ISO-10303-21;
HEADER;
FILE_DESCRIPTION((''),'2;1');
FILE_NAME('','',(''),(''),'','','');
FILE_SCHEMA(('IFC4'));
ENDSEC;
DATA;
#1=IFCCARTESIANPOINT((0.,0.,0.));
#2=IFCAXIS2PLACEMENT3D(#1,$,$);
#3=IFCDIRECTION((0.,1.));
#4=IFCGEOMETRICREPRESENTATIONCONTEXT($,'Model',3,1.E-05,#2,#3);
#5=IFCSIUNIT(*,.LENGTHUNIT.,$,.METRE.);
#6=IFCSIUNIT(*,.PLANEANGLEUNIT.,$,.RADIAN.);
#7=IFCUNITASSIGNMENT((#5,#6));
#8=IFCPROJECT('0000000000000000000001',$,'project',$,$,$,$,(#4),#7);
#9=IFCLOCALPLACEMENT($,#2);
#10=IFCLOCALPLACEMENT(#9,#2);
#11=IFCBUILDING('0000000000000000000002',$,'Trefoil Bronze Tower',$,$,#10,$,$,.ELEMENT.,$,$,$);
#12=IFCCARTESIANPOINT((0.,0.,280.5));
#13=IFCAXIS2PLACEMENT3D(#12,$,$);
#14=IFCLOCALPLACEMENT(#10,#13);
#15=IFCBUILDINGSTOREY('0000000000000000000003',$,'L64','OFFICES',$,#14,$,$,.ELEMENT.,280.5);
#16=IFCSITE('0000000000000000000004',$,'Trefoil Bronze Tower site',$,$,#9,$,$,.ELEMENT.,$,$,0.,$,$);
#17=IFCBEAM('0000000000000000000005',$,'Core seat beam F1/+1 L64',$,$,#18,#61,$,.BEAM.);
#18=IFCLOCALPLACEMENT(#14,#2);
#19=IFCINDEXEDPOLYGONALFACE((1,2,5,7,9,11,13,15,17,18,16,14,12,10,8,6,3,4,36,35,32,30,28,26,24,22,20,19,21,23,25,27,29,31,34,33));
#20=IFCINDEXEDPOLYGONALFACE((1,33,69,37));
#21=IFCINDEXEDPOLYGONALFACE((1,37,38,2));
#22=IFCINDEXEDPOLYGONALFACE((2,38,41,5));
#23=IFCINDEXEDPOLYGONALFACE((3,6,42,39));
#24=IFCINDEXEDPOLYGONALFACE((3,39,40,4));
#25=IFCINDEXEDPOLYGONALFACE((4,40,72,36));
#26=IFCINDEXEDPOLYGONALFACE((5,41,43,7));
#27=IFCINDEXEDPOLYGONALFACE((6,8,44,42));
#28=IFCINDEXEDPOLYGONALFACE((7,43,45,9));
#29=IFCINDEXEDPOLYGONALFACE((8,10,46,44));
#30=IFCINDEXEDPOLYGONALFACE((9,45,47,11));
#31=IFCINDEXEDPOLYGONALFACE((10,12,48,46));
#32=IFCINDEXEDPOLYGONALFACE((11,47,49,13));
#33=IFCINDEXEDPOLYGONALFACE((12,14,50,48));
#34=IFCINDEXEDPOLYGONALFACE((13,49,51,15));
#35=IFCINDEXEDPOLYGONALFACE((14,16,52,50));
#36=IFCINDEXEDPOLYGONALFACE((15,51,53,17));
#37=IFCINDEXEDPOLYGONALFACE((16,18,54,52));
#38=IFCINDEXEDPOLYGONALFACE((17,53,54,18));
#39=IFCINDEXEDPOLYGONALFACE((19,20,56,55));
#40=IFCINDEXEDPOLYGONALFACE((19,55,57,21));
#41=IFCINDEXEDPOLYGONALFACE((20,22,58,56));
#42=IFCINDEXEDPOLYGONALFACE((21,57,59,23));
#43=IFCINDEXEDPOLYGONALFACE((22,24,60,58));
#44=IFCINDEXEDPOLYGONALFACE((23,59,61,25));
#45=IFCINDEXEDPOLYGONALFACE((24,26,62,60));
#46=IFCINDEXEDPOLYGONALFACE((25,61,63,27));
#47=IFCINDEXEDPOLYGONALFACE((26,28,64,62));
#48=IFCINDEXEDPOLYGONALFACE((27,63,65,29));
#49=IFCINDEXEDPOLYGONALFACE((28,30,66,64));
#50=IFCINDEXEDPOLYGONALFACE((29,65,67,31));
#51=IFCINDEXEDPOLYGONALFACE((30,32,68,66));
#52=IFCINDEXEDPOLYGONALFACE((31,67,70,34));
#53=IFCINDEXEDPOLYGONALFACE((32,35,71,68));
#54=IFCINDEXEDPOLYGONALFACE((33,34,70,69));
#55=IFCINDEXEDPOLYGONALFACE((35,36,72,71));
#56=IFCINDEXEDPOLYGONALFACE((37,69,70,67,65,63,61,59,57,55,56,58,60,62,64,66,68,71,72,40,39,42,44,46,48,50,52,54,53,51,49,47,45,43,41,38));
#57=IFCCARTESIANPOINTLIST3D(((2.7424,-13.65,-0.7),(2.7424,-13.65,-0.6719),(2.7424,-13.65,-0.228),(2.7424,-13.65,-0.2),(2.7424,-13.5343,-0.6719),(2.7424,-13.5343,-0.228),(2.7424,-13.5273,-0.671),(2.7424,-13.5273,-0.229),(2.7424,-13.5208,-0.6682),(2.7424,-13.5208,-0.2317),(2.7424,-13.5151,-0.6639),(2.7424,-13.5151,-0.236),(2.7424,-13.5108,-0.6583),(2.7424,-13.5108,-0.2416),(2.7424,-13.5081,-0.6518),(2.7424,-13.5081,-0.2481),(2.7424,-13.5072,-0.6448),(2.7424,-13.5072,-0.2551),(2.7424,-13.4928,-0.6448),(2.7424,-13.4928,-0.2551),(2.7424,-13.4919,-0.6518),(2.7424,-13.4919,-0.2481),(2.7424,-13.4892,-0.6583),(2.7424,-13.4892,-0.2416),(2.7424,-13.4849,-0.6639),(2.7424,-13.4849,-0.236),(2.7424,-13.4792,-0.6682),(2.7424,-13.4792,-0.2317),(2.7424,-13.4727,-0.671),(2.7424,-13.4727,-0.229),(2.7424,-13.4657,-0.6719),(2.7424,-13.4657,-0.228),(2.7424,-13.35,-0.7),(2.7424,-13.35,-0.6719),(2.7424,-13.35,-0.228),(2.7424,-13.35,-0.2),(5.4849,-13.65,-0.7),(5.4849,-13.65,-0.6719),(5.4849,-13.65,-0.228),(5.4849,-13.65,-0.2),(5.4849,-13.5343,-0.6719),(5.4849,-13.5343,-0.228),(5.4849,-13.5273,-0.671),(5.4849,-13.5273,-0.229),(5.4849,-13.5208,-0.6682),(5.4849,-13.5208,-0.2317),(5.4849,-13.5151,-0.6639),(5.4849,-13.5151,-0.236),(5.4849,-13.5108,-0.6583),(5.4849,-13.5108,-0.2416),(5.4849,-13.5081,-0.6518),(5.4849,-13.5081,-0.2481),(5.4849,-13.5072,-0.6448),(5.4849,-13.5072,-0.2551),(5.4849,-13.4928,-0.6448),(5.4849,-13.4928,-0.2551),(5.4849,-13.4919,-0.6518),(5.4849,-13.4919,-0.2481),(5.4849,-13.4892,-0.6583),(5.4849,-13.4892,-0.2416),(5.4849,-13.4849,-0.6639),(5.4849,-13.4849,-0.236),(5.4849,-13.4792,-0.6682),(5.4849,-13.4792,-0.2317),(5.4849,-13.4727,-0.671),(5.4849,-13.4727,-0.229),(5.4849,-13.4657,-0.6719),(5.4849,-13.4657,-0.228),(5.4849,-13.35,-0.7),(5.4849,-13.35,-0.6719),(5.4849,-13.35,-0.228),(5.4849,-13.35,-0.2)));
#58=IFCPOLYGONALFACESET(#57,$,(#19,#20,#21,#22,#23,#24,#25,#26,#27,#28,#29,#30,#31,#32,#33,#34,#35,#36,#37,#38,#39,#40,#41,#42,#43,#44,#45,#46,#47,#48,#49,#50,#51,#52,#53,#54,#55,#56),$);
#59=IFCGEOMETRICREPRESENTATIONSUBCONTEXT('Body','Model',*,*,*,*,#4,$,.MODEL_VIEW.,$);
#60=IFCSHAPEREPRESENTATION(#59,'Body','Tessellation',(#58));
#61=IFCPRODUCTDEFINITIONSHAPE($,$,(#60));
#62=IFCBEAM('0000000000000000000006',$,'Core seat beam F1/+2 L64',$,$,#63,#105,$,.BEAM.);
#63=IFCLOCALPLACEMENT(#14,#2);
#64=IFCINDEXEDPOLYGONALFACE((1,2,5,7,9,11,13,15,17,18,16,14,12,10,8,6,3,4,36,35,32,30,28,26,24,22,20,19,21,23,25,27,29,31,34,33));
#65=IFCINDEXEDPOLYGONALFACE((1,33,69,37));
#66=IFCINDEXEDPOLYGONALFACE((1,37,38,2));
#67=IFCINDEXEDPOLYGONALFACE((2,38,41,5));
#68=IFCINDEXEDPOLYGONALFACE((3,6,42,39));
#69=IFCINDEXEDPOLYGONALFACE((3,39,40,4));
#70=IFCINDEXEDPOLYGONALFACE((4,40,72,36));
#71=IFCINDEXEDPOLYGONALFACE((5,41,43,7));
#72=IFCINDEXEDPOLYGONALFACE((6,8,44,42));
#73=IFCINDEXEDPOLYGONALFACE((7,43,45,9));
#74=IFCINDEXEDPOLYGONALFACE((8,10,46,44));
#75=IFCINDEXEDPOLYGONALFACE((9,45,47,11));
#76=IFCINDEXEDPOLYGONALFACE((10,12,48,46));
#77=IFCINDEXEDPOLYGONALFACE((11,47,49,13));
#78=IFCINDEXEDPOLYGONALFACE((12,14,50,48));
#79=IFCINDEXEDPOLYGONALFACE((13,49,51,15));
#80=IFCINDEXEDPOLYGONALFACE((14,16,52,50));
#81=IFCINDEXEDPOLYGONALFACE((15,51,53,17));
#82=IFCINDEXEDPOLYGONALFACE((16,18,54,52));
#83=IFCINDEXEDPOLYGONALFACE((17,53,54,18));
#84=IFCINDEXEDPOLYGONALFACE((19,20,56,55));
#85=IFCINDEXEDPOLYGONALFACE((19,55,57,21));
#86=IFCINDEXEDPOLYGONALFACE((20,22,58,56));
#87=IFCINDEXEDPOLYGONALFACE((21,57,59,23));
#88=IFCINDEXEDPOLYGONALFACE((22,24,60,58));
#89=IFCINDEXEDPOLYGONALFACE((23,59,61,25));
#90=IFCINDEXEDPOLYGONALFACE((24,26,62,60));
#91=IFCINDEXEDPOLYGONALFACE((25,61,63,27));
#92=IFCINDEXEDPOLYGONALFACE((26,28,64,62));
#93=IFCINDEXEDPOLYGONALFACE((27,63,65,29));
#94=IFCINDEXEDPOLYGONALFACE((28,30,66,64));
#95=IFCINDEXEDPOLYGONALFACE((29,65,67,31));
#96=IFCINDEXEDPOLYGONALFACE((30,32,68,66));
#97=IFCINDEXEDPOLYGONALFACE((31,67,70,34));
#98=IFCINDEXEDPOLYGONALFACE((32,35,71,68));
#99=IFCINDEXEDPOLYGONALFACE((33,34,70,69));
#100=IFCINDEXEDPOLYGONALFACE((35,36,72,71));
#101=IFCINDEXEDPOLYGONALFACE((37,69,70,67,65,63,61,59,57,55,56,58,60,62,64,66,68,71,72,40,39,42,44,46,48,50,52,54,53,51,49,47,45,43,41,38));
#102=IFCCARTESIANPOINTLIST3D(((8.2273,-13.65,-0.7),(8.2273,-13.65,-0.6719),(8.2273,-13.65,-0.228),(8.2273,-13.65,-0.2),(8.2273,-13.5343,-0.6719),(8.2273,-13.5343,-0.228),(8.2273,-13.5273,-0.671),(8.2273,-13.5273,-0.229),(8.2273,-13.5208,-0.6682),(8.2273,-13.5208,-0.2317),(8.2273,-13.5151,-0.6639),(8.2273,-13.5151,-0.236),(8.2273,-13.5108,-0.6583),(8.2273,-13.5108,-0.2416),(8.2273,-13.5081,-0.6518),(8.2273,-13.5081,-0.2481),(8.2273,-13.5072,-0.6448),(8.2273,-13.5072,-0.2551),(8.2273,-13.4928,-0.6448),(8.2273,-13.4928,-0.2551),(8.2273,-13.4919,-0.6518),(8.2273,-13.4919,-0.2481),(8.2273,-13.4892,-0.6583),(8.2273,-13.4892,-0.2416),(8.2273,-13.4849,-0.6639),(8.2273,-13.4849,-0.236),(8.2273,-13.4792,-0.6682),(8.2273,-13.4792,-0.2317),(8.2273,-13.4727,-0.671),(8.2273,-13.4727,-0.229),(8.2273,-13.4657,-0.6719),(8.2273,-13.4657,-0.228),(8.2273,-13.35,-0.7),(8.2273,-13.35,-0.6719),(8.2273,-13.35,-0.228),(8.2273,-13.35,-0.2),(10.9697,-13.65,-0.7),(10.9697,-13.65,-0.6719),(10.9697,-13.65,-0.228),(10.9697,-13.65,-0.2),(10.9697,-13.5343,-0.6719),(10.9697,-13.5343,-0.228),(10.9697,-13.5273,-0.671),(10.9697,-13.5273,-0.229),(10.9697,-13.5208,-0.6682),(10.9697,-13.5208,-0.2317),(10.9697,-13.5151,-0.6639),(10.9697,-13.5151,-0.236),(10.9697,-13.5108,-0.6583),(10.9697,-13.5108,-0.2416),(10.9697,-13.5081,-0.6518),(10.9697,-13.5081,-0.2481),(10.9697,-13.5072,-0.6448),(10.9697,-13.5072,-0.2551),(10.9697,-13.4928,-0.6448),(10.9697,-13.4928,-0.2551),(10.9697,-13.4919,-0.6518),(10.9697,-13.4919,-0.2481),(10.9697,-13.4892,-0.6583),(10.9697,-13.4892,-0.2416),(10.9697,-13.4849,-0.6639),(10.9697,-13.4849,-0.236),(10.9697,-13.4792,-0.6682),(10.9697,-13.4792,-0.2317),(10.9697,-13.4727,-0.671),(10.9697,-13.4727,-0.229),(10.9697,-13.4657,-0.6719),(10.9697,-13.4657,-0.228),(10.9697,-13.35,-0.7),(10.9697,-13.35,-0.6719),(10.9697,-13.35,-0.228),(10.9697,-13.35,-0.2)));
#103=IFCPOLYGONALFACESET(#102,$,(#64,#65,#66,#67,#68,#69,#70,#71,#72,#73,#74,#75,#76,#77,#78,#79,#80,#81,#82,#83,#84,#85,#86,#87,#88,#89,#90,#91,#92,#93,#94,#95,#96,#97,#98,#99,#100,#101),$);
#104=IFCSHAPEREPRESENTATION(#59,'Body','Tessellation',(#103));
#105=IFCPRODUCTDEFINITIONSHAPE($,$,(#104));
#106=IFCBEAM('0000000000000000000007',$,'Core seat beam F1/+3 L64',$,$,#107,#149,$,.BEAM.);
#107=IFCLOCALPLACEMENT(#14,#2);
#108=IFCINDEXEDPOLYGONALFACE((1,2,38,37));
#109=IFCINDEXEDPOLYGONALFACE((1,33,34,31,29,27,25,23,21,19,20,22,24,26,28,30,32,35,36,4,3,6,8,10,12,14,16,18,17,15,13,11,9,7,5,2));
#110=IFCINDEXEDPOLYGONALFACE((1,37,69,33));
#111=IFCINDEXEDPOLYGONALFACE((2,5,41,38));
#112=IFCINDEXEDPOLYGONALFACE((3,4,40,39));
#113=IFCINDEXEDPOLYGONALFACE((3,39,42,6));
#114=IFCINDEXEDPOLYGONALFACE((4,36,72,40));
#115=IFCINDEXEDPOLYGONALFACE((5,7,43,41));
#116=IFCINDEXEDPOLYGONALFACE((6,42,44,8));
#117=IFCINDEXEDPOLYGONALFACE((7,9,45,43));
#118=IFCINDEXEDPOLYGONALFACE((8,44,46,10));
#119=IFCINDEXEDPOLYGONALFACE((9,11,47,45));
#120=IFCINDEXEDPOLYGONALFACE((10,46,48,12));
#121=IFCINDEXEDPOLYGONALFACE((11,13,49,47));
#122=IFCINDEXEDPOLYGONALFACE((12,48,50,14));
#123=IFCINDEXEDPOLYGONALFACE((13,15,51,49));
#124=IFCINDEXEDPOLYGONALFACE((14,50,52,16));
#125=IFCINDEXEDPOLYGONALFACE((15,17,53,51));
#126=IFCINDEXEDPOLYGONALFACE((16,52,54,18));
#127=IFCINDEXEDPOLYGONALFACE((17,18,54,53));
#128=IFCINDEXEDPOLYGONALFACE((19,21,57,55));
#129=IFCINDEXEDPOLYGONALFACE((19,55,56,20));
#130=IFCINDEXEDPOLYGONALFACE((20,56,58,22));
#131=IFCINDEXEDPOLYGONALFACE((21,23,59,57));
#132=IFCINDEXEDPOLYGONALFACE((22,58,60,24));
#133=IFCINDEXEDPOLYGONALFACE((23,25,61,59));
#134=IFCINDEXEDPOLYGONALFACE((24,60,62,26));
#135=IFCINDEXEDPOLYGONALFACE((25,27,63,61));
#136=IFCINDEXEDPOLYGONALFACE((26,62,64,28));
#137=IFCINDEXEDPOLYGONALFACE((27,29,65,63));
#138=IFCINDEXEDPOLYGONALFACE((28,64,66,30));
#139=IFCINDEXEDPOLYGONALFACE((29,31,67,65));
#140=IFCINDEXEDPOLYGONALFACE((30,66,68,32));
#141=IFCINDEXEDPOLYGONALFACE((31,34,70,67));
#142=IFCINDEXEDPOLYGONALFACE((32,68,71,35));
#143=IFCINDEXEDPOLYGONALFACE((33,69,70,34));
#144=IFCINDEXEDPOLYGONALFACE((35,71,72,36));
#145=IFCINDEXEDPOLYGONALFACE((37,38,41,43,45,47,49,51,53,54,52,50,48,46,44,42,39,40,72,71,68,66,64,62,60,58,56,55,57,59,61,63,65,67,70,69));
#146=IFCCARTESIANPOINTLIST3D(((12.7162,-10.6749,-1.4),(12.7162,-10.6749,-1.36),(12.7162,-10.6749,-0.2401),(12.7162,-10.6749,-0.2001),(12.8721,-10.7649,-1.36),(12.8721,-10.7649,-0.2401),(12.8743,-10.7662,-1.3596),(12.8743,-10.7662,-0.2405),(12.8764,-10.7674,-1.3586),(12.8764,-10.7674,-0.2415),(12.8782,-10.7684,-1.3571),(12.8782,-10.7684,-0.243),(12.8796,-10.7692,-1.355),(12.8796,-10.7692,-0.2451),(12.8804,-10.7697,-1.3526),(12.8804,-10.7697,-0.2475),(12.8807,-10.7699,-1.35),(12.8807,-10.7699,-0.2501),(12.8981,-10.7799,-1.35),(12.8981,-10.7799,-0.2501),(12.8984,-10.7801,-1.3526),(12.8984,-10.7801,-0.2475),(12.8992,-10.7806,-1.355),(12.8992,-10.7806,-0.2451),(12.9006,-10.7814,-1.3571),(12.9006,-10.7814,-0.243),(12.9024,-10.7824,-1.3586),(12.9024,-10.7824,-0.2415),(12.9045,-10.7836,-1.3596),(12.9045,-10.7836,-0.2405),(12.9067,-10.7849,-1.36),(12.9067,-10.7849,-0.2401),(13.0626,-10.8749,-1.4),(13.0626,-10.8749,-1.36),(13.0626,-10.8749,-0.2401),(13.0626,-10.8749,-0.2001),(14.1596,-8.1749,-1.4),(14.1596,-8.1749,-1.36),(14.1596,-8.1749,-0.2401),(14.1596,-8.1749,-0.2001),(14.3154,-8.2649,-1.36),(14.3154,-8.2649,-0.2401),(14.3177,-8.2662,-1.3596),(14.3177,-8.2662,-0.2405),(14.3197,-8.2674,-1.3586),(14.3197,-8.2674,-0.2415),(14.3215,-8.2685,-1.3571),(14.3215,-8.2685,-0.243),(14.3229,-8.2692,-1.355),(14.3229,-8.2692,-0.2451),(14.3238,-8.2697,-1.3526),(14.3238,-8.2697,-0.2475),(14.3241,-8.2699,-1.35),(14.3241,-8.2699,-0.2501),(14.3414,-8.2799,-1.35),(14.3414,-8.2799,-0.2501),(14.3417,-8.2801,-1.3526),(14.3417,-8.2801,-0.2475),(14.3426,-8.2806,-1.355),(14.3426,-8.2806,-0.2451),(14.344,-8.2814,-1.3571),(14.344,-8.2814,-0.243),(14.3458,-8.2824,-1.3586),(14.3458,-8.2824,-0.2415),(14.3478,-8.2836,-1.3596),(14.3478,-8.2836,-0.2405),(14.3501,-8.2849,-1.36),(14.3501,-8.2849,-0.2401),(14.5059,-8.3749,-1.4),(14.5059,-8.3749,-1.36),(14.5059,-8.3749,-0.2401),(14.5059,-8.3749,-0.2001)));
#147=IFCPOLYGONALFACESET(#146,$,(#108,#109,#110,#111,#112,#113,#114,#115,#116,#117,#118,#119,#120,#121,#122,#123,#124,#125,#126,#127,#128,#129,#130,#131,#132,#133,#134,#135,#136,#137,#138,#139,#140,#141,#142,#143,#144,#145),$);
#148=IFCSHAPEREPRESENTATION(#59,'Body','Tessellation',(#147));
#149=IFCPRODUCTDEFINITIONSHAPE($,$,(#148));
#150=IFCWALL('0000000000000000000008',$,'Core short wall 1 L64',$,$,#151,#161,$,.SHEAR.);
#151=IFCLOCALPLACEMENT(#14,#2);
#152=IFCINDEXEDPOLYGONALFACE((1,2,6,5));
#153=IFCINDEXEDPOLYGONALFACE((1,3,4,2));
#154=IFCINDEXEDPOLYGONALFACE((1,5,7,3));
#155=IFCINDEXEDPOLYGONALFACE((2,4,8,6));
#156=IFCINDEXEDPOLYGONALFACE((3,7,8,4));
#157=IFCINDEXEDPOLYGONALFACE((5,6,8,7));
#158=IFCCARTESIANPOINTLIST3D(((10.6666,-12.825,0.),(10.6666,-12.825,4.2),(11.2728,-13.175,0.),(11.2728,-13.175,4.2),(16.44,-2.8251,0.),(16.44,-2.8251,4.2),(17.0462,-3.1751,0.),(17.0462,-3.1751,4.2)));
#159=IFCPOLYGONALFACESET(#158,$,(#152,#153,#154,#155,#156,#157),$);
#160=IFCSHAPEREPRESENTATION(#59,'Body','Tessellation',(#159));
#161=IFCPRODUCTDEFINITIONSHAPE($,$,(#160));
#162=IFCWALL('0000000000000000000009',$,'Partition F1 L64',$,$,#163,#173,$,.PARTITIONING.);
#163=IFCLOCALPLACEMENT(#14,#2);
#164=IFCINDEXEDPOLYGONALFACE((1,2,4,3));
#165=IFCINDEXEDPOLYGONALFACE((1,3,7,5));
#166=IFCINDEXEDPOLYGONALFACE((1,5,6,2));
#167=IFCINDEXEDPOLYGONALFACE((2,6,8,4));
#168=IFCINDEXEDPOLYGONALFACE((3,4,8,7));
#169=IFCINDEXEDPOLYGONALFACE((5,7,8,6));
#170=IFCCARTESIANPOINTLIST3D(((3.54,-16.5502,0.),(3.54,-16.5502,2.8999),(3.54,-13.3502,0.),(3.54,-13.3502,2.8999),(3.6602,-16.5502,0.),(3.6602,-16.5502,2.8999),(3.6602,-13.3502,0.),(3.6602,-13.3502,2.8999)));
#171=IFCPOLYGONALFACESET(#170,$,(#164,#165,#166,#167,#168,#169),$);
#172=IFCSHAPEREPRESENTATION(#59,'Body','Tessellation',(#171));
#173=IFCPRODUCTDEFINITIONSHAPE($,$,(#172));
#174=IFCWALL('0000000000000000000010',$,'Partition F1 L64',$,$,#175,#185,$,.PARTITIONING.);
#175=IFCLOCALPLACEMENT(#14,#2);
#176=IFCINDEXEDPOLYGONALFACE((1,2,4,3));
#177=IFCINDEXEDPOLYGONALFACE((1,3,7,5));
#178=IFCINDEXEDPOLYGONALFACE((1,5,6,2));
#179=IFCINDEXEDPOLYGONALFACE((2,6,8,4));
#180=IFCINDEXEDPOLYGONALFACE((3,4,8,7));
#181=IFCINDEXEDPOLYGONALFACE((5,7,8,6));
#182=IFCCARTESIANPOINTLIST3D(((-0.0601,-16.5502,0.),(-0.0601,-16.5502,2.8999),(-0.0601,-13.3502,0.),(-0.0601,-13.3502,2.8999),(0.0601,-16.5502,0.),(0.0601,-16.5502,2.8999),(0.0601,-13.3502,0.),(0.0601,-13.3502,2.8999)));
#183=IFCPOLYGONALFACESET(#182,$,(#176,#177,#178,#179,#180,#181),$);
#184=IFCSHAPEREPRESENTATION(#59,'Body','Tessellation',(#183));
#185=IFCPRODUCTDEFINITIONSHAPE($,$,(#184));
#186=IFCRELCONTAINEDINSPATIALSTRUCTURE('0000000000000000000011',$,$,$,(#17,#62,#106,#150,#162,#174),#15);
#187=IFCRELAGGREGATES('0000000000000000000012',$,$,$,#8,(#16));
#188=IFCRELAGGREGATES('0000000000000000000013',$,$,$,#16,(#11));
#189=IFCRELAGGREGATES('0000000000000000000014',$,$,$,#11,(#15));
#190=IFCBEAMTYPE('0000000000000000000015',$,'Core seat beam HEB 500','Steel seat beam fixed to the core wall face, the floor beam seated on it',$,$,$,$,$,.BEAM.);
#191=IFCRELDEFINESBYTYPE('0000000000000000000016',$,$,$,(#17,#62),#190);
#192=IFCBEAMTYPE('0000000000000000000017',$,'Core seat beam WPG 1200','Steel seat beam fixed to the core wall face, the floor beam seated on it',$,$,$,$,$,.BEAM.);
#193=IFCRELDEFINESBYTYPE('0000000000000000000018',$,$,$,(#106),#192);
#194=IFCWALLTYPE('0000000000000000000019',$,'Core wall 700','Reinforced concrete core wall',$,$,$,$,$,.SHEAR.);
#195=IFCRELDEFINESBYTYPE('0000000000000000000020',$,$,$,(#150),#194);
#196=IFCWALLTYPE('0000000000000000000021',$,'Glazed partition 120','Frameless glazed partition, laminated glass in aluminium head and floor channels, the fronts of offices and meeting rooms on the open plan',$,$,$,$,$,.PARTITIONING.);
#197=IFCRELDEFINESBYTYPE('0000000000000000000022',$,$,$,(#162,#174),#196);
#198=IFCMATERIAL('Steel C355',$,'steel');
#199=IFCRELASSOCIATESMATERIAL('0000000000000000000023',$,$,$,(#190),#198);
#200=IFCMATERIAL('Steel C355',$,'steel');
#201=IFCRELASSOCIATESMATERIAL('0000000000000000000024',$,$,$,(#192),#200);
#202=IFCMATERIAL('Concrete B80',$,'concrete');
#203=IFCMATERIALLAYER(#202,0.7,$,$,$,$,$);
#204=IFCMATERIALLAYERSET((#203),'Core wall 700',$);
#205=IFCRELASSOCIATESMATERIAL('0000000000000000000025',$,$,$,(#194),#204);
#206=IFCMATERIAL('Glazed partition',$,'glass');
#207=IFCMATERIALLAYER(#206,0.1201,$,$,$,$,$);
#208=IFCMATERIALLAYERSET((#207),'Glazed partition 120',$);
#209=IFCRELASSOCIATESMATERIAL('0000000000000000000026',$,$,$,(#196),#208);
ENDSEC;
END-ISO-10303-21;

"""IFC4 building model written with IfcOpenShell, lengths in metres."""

from ifc_helpers import new_model, si_unit, direction, frame, frame_2d, origin, origin_2d, place, context, subcontext, project, spatial, rectangle, i_section, extrude, material, layer, layer_set, material_profile, profile_set, type_object, element, save


model = new_model("IFC4")

# Units and contexts
model_context = context("Model", 3, precision=1e-05, world=origin(), true_north=direction((0.0, 1.0)))
body_context = subcontext(model_context, "Body", "Model", "MODEL_VIEW")
ifc_project = project(units=[si_unit("LENGTHUNIT", "METRE"), si_unit("PLANEANGLEUNIT", "RADIAN")], contexts=[model_context])

# Site, building, storey
site_placement = place(None, origin())
site = spatial("IfcSite", under=ifc_project, at=site_placement, Name="Trefoil Bronze Tower site", CompositionType="ELEMENT", RefElevation=0.0)
building_placement = place(site_placement, origin())
building = spatial("IfcBuilding", under=site, at=building_placement, Name="Trefoil Bronze Tower", CompositionType="ELEMENT")
storey_placement = place(building_placement, frame((0.0, 0.0, 280.5)))
storey = spatial("IfcBuildingStorey", under=building, at=storey_placement, Name="L64", Description="OFFICES", CompositionType="ELEMENT", Elevation=280.5)

# Beams
ifc_material_1 = material(Name="Steel C355", Category="steel")
ifc_material_profile_1 = material_profile(ifc_material_1, i_section(OverallWidth=0.3, OverallDepth=0.5, WebThickness=0.0144, FlangeThickness=0.0281, FilletRadius=0.0271, at=origin_2d()), Name="HEB 500")
ifc_profile_set_1 = profile_set([ifc_material_profile_1], Name="Steel C355")
beam_type_1 = type_object("IfcBeamType", Name="Core seat beam HEB 500", Description="Steel seat beam fixed to the core wall face, the floor beam seated on it", PredefinedType="BEAM", material=ifc_profile_set_1)
for number, where, z_axis, x_axis, name in (
    (1, (2.7424, -13.5, -0.45), (1.0, 0.0, 0.0), (0.0, 1.0, 0.0), "Core seat beam F1/+1 L64"),
    (2, (8.2273, -13.5, -0.45), (1.0, 0.0, 0.0), (0.0, 1.0, 0.0), "Core seat beam F1/+2 L64"),
):
    element("IfcBeam", number, at=place(storey_placement, frame(where, z_axis=z_axis, x_axis=x_axis)), inside=storey, type_object=beam_type_1, Name=name, PredefinedType="BEAM", context=body_context, shape_type="SweptSolid", body=[
        extrude(i_section(OverallWidth=0.3, OverallDepth=0.5, WebThickness=0.0144, FlangeThickness=0.0281, FilletRadius=0.0271, at=origin_2d()), origin(), (0.0, 0.0, 1.0), 2.7424),
    ])
ifc_material_2 = material(Name="Steel C355", Category="steel")
ifc_material_profile_2 = material_profile(ifc_material_2, i_section(OverallWidth=0.3999, OverallDepth=1.2, WebThickness=0.02, FlangeThickness=0.04, FilletRadius=0.01, at=origin_2d()), Name="WPG 1200")
ifc_profile_set_2 = profile_set([ifc_material_profile_2], Name="Steel C355")
beam_type_2 = type_object("IfcBeamType", Name="Core seat beam WPG 1200", Description="Steel seat beam fixed to the core wall face, the floor beam seated on it", PredefinedType="BEAM", material=ifc_profile_set_2)
beam_placement = place(storey_placement, frame((12.8894, -10.7749, -0.8), z_axis=(0.499996, 0.866028, 0.0), x_axis=(-0.866028, 0.499996, 0.0)))
element("IfcBeam", 3, at=beam_placement, inside=storey, type_object=beam_type_2, Name="Core seat beam F1/+3 L64", PredefinedType="BEAM", context=body_context, shape_type="SweptSolid", body=[
    extrude(i_section(OverallWidth=0.3999, OverallDepth=1.2, WebThickness=0.02, FlangeThickness=0.04, FilletRadius=0.01, at=origin_2d()), origin(), (0.0, 0.0, 1.0), 2.8867),
])

# Walls
ifc_material_3 = material(Name="Concrete B80", Category="concrete")
ifc_layer_1 = layer(ifc_material_3, 0.7)
ifc_layer_set_1 = layer_set([ifc_layer_1], Name="Core wall 700")
wall_type_1 = type_object("IfcWallType", Name="Core wall 700", Description="Reinforced concrete core wall", PredefinedType="SHEAR", material=ifc_layer_set_1)
wall_1_placement = place(storey_placement, frame((10.9697, -13.0, 0.0), z_axis=(0.0, 0.0, 1.0), x_axis=(0.499996, 0.866028, 0.0)))
element("IfcWall", 4, at=wall_1_placement, inside=storey, type_object=wall_type_1, Name="Core short wall 1 L64", PredefinedType="SHEAR", context=body_context, shape_type="SweptSolid", body=[
    extrude(rectangle(XDim=11.5469, YDim=0.7, at=frame_2d((5.7734, 0.0))), origin(), (0.0, 0.0, 1.0), 4.2),
])
ifc_material_4 = material(Name="Glazed partition", Category="glass")
ifc_layer_2 = layer(ifc_material_4, 0.1201)
ifc_layer_set_2 = layer_set([ifc_layer_2], Name="Glazed partition 120")
wall_type_2 = type_object("IfcWallType", Name="Glazed partition 120", Description="Frameless glazed partition, laminated glass in aluminium head and floor channels, the fronts of offices and meeting rooms on the open plan", PredefinedType="PARTITIONING", material=ifc_layer_set_2)
for number, where, z_axis, x_axis, name in (
    (5, (3.6001, -13.3501, 0.0), (0.0, 0.0, 1.0), (0.0, -1.0, 0.0), "Partition F1 L64"),
    (6, (0.0, -13.3501, 0.0), (0.0, 0.0, 1.0), (0.0, -1.0, 0.0), "Partition F1 L64"),
):
    element("IfcWall", number, at=place(storey_placement, frame(where, z_axis=z_axis, x_axis=x_axis)), inside=storey, type_object=wall_type_2, Name=name, PredefinedType="PARTITIONING", context=body_context, shape_type="SweptSolid", body=[
        extrude(rectangle(XDim=3.2, YDim=0.1201, at=frame_2d((1.6001, 0.0))), origin(), (0.0, 0.0, 1.0), 2.8999),
    ])

save(model, "model.ifc")
